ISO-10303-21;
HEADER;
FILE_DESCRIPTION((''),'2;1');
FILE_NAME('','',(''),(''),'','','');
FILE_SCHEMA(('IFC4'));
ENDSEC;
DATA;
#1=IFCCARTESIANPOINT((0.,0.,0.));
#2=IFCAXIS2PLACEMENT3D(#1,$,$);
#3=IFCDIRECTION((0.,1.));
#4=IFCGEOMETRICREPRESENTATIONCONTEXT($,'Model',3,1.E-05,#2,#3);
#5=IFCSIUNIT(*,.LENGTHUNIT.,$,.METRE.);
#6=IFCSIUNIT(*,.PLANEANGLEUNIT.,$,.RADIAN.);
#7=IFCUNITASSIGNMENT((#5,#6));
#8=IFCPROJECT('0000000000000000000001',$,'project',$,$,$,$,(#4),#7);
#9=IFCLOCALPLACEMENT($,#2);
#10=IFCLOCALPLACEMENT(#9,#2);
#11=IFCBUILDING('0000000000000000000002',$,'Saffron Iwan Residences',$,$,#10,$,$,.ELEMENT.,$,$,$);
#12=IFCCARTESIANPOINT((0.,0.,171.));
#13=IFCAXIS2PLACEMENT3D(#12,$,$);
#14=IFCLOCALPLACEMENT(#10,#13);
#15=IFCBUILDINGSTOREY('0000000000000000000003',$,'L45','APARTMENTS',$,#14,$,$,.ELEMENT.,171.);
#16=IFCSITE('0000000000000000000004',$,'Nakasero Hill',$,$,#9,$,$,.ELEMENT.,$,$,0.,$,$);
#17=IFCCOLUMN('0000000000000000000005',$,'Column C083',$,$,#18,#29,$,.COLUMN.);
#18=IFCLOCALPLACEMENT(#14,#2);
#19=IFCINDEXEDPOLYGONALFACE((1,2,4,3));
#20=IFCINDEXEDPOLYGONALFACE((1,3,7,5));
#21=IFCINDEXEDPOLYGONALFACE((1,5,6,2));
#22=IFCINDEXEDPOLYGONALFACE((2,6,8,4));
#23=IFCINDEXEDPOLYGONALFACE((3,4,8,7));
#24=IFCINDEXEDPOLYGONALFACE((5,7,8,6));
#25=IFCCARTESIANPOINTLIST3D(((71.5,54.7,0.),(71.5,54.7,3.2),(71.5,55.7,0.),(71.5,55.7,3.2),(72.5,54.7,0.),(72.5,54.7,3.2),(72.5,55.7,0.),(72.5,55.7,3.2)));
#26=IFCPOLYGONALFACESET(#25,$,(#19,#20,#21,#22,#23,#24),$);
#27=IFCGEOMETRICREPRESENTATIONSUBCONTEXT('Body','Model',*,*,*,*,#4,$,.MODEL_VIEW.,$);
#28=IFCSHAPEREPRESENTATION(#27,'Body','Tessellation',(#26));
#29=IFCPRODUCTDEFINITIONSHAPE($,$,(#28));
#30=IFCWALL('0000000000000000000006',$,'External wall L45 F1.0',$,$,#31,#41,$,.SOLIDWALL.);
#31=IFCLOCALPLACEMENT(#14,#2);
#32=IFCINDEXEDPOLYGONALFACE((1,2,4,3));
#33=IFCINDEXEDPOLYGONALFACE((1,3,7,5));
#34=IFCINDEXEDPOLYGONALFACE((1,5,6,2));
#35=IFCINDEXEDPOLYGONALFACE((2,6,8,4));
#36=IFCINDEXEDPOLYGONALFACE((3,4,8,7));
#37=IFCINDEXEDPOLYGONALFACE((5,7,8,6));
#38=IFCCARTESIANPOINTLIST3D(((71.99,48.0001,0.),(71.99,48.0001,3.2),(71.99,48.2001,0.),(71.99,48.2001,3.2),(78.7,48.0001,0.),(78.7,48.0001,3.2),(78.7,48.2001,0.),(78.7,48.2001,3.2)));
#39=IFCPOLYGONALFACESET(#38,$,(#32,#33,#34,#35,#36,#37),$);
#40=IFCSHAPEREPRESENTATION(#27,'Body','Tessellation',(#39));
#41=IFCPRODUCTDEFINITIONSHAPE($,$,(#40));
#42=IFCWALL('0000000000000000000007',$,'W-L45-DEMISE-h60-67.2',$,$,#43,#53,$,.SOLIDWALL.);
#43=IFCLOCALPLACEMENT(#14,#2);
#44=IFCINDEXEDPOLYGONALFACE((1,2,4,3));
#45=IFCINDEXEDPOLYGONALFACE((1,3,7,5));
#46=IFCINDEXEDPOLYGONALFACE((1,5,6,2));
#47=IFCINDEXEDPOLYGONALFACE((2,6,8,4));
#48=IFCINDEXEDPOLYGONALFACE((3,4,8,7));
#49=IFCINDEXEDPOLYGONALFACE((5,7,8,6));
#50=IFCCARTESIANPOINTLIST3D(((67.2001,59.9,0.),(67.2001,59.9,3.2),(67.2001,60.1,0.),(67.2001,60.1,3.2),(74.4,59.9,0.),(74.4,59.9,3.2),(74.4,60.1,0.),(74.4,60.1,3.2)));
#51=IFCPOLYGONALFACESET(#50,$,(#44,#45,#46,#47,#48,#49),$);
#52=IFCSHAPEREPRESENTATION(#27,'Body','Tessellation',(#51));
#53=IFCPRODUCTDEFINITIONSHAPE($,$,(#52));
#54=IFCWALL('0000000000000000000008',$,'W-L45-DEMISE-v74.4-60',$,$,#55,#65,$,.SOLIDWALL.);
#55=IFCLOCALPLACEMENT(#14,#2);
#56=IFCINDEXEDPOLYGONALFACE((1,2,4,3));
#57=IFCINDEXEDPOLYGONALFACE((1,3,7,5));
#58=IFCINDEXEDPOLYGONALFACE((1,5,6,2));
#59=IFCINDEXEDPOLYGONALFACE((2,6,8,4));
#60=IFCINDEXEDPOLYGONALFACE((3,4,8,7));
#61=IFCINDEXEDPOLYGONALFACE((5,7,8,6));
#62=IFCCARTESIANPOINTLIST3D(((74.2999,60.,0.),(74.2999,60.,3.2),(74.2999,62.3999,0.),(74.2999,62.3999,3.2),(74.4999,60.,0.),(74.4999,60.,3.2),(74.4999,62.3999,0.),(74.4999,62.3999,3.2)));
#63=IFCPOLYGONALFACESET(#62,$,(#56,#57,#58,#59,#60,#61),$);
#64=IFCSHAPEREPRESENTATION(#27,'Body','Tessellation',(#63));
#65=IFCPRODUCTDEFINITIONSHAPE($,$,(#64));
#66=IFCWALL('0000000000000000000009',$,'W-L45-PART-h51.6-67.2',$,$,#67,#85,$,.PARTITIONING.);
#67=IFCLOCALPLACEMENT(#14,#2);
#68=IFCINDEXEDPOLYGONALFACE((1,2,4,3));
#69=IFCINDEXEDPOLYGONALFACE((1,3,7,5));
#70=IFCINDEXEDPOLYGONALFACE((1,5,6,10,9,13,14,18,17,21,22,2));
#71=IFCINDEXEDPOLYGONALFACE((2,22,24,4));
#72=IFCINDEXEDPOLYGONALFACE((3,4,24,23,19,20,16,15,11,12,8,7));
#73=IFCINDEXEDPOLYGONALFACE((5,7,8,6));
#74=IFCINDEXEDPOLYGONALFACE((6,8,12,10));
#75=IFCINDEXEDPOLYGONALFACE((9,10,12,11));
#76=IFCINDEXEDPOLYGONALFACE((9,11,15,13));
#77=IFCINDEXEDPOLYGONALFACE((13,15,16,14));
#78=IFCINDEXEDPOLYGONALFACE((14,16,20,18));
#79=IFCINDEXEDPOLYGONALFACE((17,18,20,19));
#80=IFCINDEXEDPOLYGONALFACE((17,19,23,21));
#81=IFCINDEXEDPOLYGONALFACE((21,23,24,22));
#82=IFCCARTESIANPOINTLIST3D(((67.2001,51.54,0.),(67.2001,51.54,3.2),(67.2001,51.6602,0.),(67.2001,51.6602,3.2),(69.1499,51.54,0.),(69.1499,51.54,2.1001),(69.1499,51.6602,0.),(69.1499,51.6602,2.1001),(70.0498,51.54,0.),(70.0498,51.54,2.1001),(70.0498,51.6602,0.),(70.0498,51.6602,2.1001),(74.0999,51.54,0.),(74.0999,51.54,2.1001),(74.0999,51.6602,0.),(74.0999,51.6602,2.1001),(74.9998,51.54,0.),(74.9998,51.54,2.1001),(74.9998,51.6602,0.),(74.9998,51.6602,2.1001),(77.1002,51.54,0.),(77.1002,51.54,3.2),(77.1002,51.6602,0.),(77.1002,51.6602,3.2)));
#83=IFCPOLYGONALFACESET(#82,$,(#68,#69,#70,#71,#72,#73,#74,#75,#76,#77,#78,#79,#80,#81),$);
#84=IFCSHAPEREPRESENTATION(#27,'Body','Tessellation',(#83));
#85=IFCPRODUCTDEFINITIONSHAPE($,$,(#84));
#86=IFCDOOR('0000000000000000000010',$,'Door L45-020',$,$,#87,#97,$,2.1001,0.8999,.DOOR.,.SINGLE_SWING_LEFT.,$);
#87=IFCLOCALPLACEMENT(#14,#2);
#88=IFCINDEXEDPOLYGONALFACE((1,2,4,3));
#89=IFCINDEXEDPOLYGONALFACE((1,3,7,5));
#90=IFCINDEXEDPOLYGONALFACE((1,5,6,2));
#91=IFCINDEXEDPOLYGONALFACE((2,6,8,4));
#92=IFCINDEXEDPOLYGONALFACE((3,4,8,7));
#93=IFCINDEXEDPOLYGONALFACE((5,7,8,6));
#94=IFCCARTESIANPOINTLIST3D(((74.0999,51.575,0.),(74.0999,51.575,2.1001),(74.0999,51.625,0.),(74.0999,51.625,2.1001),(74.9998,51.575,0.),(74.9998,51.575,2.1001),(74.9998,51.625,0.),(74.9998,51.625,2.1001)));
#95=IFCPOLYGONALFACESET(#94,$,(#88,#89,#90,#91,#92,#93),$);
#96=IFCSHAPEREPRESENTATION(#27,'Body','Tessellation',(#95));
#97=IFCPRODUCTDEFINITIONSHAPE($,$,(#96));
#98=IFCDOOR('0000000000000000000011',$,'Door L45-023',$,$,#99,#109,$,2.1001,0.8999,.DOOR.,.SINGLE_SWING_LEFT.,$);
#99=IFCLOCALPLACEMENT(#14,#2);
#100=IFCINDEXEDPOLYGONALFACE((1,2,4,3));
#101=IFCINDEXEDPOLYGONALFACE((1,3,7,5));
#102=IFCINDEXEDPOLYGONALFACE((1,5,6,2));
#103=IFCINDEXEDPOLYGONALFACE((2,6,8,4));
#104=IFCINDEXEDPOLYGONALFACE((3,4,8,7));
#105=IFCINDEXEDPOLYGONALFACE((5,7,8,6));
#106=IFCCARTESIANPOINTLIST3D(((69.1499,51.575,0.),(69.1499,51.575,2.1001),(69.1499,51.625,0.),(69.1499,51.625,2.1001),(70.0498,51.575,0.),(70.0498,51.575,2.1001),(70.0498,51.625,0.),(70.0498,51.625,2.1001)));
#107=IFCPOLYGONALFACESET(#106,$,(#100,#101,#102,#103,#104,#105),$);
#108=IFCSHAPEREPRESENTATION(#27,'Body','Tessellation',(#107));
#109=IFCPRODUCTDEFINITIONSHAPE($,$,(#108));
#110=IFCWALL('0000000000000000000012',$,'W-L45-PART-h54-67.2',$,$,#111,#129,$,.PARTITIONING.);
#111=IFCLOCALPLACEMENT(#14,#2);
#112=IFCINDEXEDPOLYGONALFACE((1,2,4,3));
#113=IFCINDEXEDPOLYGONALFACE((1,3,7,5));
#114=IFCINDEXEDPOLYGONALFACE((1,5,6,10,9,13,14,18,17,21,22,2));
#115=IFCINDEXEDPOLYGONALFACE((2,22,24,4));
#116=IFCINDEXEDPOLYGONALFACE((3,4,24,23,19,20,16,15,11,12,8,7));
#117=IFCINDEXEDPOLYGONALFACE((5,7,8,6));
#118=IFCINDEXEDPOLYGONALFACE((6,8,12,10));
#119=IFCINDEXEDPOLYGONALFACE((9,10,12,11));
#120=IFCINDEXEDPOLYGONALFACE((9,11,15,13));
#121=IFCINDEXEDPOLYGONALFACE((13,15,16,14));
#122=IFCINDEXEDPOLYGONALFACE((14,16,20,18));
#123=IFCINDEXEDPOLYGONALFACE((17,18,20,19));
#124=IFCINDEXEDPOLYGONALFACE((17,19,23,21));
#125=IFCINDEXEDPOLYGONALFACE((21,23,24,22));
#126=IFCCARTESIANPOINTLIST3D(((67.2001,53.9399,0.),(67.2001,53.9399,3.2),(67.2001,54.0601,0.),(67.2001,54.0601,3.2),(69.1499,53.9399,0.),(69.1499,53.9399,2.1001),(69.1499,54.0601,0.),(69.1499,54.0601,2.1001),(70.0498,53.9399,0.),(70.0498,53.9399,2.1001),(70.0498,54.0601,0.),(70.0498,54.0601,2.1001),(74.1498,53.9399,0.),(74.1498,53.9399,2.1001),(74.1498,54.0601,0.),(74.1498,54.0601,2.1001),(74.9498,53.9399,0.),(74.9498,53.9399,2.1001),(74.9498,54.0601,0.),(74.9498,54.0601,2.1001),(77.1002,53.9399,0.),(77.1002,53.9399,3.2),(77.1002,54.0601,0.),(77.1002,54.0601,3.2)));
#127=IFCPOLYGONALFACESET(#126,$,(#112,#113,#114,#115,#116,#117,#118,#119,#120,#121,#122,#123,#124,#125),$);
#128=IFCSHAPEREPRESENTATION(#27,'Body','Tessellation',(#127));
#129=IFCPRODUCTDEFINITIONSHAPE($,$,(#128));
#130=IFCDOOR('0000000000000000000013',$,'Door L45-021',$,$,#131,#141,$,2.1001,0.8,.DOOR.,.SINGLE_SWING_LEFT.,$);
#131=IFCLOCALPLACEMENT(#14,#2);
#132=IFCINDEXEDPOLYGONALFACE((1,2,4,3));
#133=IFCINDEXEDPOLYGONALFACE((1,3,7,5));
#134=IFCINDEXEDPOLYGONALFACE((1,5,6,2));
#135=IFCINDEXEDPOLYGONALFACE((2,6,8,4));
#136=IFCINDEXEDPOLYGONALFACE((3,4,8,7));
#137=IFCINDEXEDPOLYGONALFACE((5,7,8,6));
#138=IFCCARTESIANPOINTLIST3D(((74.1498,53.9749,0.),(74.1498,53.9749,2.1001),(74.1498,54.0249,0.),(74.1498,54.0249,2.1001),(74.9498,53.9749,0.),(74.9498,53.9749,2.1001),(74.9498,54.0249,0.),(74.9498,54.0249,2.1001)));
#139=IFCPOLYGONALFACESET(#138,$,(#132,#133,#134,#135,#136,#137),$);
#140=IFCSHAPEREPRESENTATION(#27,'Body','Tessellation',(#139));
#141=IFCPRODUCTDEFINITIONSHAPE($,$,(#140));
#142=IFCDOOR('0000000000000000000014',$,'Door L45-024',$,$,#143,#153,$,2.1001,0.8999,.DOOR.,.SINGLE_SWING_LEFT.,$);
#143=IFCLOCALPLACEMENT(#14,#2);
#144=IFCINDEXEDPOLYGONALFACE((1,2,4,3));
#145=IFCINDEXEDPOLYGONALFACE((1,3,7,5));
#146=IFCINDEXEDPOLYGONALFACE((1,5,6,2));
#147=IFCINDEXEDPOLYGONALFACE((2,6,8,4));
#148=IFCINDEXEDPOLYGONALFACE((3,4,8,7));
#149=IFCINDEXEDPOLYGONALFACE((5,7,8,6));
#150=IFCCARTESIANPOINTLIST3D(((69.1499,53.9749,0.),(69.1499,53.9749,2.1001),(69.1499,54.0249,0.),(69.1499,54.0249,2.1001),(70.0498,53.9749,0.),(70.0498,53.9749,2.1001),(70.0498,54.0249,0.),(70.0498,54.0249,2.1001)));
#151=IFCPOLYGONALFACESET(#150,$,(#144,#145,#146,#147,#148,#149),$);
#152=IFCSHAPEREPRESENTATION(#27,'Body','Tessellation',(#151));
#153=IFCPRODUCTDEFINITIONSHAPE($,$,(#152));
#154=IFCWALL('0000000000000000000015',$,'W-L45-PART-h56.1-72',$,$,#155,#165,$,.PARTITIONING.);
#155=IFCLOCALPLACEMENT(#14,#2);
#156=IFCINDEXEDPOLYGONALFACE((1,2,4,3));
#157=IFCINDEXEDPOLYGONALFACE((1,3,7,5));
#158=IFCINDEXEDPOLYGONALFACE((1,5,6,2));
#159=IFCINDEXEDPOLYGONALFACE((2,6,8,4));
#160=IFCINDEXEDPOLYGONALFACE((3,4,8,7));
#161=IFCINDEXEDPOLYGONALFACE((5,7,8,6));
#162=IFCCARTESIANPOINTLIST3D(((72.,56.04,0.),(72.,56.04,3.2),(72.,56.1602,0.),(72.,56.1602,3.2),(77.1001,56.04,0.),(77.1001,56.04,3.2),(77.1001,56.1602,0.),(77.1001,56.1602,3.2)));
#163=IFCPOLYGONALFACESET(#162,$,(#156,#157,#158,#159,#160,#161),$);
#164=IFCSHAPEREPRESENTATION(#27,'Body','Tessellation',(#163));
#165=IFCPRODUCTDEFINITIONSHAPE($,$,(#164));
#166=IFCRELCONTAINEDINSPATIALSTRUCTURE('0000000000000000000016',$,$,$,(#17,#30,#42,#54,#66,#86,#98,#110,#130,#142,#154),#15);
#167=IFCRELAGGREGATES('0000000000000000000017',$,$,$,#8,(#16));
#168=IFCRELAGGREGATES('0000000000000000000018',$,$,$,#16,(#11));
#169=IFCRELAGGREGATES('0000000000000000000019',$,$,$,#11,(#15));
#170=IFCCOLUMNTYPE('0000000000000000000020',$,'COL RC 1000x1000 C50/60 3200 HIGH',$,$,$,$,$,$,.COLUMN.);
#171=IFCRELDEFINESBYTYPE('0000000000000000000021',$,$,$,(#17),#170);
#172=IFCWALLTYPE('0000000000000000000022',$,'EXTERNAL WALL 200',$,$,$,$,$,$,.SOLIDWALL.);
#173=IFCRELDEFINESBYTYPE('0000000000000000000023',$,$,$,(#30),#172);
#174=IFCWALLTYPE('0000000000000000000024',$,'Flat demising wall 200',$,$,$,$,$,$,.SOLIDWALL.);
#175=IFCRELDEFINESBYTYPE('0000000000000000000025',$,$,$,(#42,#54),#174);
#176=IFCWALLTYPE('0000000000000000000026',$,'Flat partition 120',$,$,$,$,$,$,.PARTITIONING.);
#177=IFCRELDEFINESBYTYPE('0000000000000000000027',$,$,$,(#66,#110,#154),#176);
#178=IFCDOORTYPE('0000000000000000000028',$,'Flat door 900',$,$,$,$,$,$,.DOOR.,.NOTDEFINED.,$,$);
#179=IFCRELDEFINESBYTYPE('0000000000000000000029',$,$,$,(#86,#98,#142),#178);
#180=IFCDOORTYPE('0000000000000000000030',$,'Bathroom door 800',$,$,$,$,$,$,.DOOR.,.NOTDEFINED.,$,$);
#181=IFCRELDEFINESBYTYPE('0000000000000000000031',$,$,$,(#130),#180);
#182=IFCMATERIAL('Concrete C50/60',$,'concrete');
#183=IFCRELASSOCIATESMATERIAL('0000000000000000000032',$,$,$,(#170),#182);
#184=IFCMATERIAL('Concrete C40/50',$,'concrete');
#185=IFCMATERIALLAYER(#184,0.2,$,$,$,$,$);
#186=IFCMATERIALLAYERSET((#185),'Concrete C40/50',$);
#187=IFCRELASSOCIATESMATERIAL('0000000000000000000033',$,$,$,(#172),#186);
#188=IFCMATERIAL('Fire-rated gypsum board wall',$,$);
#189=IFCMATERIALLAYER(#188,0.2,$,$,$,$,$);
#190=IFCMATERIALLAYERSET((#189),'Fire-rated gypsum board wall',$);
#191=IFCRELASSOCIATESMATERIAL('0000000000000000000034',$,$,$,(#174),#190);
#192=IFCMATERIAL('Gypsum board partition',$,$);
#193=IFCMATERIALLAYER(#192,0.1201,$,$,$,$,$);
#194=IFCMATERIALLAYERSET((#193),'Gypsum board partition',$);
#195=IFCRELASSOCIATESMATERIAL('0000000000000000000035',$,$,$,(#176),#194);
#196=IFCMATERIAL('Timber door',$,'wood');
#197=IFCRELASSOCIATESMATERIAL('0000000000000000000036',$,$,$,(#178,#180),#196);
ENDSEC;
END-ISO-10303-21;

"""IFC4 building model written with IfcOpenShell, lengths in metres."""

from ifc_helpers import new_model, si_unit, direction, frame, frame_2d, origin, origin_2d, place, context, subcontext, project, spatial, rectangle, extrude, source, transform, mapped, material, layer, layer_set, material_profile, profile_set, type_object, element, fill, save


model = new_model("IFC4")

# Units and contexts
model_context = context("Model", 3, precision=1e-05, world=origin(), true_north=direction((0.0, 1.0)))
body_context = subcontext(model_context, "Body", "Model", "MODEL_VIEW")
ifc_project = project(units=[si_unit("LENGTHUNIT", "METRE"), si_unit("PLANEANGLEUNIT", "RADIAN")], contexts=[model_context])

# Site, building, storey
site_placement = place(None, origin())
site = spatial("IfcSite", under=ifc_project, at=site_placement, Name="Nakasero Hill", CompositionType="ELEMENT", RefElevation=0.0)
building_placement = place(site_placement, origin())
building = spatial("IfcBuilding", under=site, at=building_placement, Name="Saffron Iwan Residences", CompositionType="ELEMENT")
storey_placement = place(building_placement, frame((0.0, 0.0, 171.0)))
storey = spatial("IfcBuildingStorey", under=building, at=storey_placement, Name="L45", Description="APARTMENTS", CompositionType="ELEMENT", Elevation=171.0)

# Column
ifc_material_1 = material(Name="Concrete C50/60", Category="concrete")
ifc_material_profile = material_profile(ifc_material_1, rectangle(XDim=1.0, YDim=1.0, at=origin_2d()), Name="RC 1000x1000")
ifc_profile_set = profile_set([ifc_material_profile], Name="Concrete C50/60")
column_type = type_object("IfcColumnType", Name="COL RC 1000x1000 C50/60 3200 HIGH", PredefinedType="COLUMN", material=ifc_profile_set)
shared_shape = source(origin(), body_context, "Body", "SweptSolid", [
    extrude(rectangle(XDim=1.0, YDim=1.0, at=origin_2d()), origin(), (0.0, 0.0, 1.0), 3.2),
])
column_placement = place(storey_placement, frame((72.0, 55.2, 0.0), z_axis=(0.0, 0.0, 1.0), x_axis=(1.0, 0.0, 0.0)))
element("IfcColumn", 1, at=column_placement, inside=storey, type_object=column_type, Name="Column C083", PredefinedType="COLUMN", context=body_context, shape_type="MappedRepresentation", body=[
    mapped(shared_shape, transform((0.0, 0.0, 0.0))),
])

# Walls
ifc_material_2 = material(Name="Concrete C40/50", Category="concrete")
ifc_layer_1 = layer(ifc_material_2, 0.2)
ifc_layer_set_1 = layer_set([ifc_layer_1], Name="Concrete C40/50")
wall_type_1 = type_object("IfcWallType", Name="EXTERNAL WALL 200", PredefinedType="SOLIDWALL", material=ifc_layer_set_1)
wall_1_placement = place(storey_placement, frame((71.99, 48.1001, 0.0), z_axis=(0.0, 0.0, 1.0), x_axis=(1.0, 0.0, 0.0)))
element("IfcWall", 2, at=wall_1_placement, inside=storey, type_object=wall_type_1, Name="External wall L45 F1.0", PredefinedType="SOLIDWALL", context=body_context, shape_type="SweptSolid", body=[
    extrude(rectangle(XDim=6.71, YDim=0.2, at=frame_2d((3.355, 0.0))), origin(), (0.0, 0.0, 1.0), 3.2),
])
ifc_material_3 = material(Name="Fire-rated gypsum board wall")
ifc_layer_2 = layer(ifc_material_3, 0.2)
ifc_layer_set_2 = layer_set([ifc_layer_2], Name="Fire-rated gypsum board wall")
wall_type_2 = type_object("IfcWallType", Name="Flat demising wall 200", PredefinedType="SOLIDWALL", material=ifc_layer_set_2)
wall_2_placement = place(storey_placement, frame((67.2, 60.0, 0.0), z_axis=(0.0, 0.0, 1.0), x_axis=(1.0, 0.0, 0.0)))
element("IfcWall", 3, at=wall_2_placement, inside=storey, type_object=wall_type_2, Name="W-L45-DEMISE-h60-67.2", PredefinedType="SOLIDWALL", context=body_context, shape_type="SweptSolid", body=[
    extrude(rectangle(XDim=7.2, YDim=0.2, at=frame_2d((3.6001, 0.0))), origin(), (0.0, 0.0, 1.0), 3.2),
])
wall_3_placement = place(storey_placement, frame((74.3999, 60.0, 0.0), z_axis=(0.0, 0.0, 1.0), x_axis=(0.0, 1.0, 0.0)))
element("IfcWall", 4, at=wall_3_placement, inside=storey, type_object=wall_type_2, Name="W-L45-DEMISE-v74.4-60", PredefinedType="SOLIDWALL", context=body_context, shape_type="SweptSolid", body=[
    extrude(rectangle(XDim=2.3999, YDim=0.2, at=frame_2d((1.2, 0.0))), origin(), (0.0, 0.0, 1.0), 3.2),
])

# Walls, openings, doors
ifc_material_4 = material(Name="Gypsum board partition")
ifc_layer_3 = layer(ifc_material_4, 0.1201)
ifc_layer_set_3 = layer_set([ifc_layer_3], Name="Gypsum board partition")
wall_type_3 = type_object("IfcWallType", Name="Flat partition 120", PredefinedType="PARTITIONING", material=ifc_layer_set_3)
wall_4_placement = place(storey_placement, frame((67.2, 51.6001, 0.0), z_axis=(0.0, 0.0, 1.0), x_axis=(1.0, 0.0, 0.0)))
wall_4 = element("IfcWall", 5, at=wall_4_placement, inside=storey, type_object=wall_type_3, Name="W-L45-PART-h51.6-67.2", PredefinedType="PARTITIONING", context=body_context, shape_type="SweptSolid", body=[
    extrude(rectangle(XDim=9.9001, YDim=0.1201, at=frame_2d((4.9502, 0.0))), origin(), (0.0, 0.0, 1.0), 3.2),
])
opening_1_placement = place(wall_4_placement, frame((6.8999, 0.0, 0.0)))
opening_1 = element("IfcOpeningElement", 6, at=opening_1_placement, cuts=wall_4, PredefinedType="OPENING", context=body_context, shape_type="SweptSolid", body=[
    extrude(rectangle(XDim=0.8999, YDim=2.1001, at=frame_2d((0.45, 1.05))), frame((0.0, 0.0701, 0.0), z_axis=(0.0, -1.0, 0.0), x_axis=(1.0, 0.0, 0.0)), (0.0, 0.0, 1.0), 0.1401),
])
opening_2_placement = place(wall_4_placement, frame((1.95, 0.0, 0.0)))
opening_2 = element("IfcOpeningElement", 7, at=opening_2_placement, cuts=wall_4, PredefinedType="OPENING", context=body_context, shape_type="SweptSolid", body=[
    extrude(rectangle(XDim=0.8999, YDim=2.1001, at=frame_2d((0.45, 1.05))), frame((0.0, 0.0701, 0.0), z_axis=(0.0, -1.0, 0.0), x_axis=(1.0, 0.0, 0.0)), (0.0, 0.0, 1.0), 0.1401),
])
ifc_material_5 = material(Name="Timber door", Category="wood")
door_type_1 = type_object("IfcDoorType", Name="Flat door 900", OperationType="NOTDEFINED", PredefinedType="DOOR", material=ifc_material_5)
door_1_placement = place(opening_1_placement, origin())
door_1 = element("IfcDoor", 8, at=door_1_placement, inside=storey, type_object=door_type_1, Name="Door L45-020", OperationType="SINGLE_SWING_LEFT", OverallHeight=2.1001, OverallWidth=0.8999, PredefinedType="DOOR", context=body_context, shape_type="SweptSolid", body=[
    extrude(rectangle(XDim=0.8999, YDim=2.1001, at=frame_2d((0.45, 1.05))), frame((0.0, 0.0249, 0.0), z_axis=(0.0, -1.0, 0.0), x_axis=(1.0, 0.0, 0.0)), (0.0, 0.0, 1.0), 0.05),
])
fill(opening_1, door_1)
door_2_placement = place(opening_2_placement, origin())
door_2 = element("IfcDoor", 9, at=door_2_placement, inside=storey, type_object=door_type_1, Name="Door L45-023", OperationType="SINGLE_SWING_LEFT", OverallHeight=2.1001, OverallWidth=0.8999, PredefinedType="DOOR", context=body_context, shape_type="SweptSolid", body=[
    extrude(rectangle(XDim=0.8999, YDim=2.1001, at=frame_2d((0.45, 1.05))), frame((0.0, 0.0249, 0.0), z_axis=(0.0, -1.0, 0.0), x_axis=(1.0, 0.0, 0.0)), (0.0, 0.0, 1.0), 0.05),
])
fill(opening_2, door_2)
wall_5_placement = place(storey_placement, frame((67.2, 54.0, 0.0), z_axis=(0.0, 0.0, 1.0), x_axis=(1.0, 0.0, 0.0)))
wall_5 = element("IfcWall", 10, at=wall_5_placement, inside=storey, type_object=wall_type_3, Name="W-L45-PART-h54-67.2", PredefinedType="PARTITIONING", context=body_context, shape_type="SweptSolid", body=[
    extrude(rectangle(XDim=9.9001, YDim=0.1201, at=frame_2d((4.9502, 0.0))), origin(), (0.0, 0.0, 1.0), 3.2),
])
opening_3_placement = place(wall_5_placement, frame((6.95, 0.0, 0.0)))
opening_3 = element("IfcOpeningElement", 11, at=opening_3_placement, cuts=wall_5, PredefinedType="OPENING", context=body_context, shape_type="SweptSolid", body=[
    extrude(rectangle(XDim=0.8, YDim=2.1001, at=frame_2d((0.3999, 1.05))), frame((0.0, 0.0701, 0.0), z_axis=(0.0, -1.0, 0.0), x_axis=(1.0, 0.0, 0.0)), (0.0, 0.0, 1.0), 0.1401),
])
opening_4_placement = place(wall_5_placement, frame((1.95, 0.0, 0.0)))
opening_4 = element("IfcOpeningElement", 12, at=opening_4_placement, cuts=wall_5, PredefinedType="OPENING", context=body_context, shape_type="SweptSolid", body=[
    extrude(rectangle(XDim=0.8999, YDim=2.1001, at=frame_2d((0.45, 1.05))), frame((0.0, 0.0701, 0.0), z_axis=(0.0, -1.0, 0.0), x_axis=(1.0, 0.0, 0.0)), (0.0, 0.0, 1.0), 0.1401),
])
door_type_2 = type_object("IfcDoorType", Name="Bathroom door 800", OperationType="NOTDEFINED", PredefinedType="DOOR", material=ifc_material_5)
door_3_placement = place(opening_3_placement, origin())
door_3 = element("IfcDoor", 13, at=door_3_placement, inside=storey, type_object=door_type_2, Name="Door L45-021", OperationType="SINGLE_SWING_LEFT", OverallHeight=2.1001, OverallWidth=0.8, PredefinedType="DOOR", context=body_context, shape_type="SweptSolid", body=[
    extrude(rectangle(XDim=0.8, YDim=2.1001, at=frame_2d((0.3999, 1.05))), frame((0.0, 0.0249, 0.0), z_axis=(0.0, -1.0, 0.0), x_axis=(1.0, 0.0, 0.0)), (0.0, 0.0, 1.0), 0.05),
])
fill(opening_3, door_3)
door_4_placement = place(opening_4_placement, origin())
door_4 = element("IfcDoor", 14, at=door_4_placement, inside=storey, type_object=door_type_1, Name="Door L45-024", OperationType="SINGLE_SWING_LEFT", OverallHeight=2.1001, OverallWidth=0.8999, PredefinedType="DOOR", context=body_context, shape_type="SweptSolid", body=[
    extrude(rectangle(XDim=0.8999, YDim=2.1001, at=frame_2d((0.45, 1.05))), frame((0.0, 0.0249, 0.0), z_axis=(0.0, -1.0, 0.0), x_axis=(1.0, 0.0, 0.0)), (0.0, 0.0, 1.0), 0.05),
])
fill(opening_4, door_4)

# Wall
wall_6_placement = place(storey_placement, frame((72.0, 56.1001, 0.0), z_axis=(0.0, 0.0, 1.0), x_axis=(1.0, 0.0, 0.0)))
element("IfcWall", 15, at=wall_6_placement, inside=storey, type_object=wall_type_3, Name="W-L45-PART-h56.1-72", PredefinedType="PARTITIONING", context=body_context, shape_type="SweptSolid", body=[
    extrude(rectangle(XDim=5.1001, YDim=0.1201, at=frame_2d((2.55, 0.0))), origin(), (0.0, 0.0, 1.0), 3.2),
])

save(model, "model.ifc")
